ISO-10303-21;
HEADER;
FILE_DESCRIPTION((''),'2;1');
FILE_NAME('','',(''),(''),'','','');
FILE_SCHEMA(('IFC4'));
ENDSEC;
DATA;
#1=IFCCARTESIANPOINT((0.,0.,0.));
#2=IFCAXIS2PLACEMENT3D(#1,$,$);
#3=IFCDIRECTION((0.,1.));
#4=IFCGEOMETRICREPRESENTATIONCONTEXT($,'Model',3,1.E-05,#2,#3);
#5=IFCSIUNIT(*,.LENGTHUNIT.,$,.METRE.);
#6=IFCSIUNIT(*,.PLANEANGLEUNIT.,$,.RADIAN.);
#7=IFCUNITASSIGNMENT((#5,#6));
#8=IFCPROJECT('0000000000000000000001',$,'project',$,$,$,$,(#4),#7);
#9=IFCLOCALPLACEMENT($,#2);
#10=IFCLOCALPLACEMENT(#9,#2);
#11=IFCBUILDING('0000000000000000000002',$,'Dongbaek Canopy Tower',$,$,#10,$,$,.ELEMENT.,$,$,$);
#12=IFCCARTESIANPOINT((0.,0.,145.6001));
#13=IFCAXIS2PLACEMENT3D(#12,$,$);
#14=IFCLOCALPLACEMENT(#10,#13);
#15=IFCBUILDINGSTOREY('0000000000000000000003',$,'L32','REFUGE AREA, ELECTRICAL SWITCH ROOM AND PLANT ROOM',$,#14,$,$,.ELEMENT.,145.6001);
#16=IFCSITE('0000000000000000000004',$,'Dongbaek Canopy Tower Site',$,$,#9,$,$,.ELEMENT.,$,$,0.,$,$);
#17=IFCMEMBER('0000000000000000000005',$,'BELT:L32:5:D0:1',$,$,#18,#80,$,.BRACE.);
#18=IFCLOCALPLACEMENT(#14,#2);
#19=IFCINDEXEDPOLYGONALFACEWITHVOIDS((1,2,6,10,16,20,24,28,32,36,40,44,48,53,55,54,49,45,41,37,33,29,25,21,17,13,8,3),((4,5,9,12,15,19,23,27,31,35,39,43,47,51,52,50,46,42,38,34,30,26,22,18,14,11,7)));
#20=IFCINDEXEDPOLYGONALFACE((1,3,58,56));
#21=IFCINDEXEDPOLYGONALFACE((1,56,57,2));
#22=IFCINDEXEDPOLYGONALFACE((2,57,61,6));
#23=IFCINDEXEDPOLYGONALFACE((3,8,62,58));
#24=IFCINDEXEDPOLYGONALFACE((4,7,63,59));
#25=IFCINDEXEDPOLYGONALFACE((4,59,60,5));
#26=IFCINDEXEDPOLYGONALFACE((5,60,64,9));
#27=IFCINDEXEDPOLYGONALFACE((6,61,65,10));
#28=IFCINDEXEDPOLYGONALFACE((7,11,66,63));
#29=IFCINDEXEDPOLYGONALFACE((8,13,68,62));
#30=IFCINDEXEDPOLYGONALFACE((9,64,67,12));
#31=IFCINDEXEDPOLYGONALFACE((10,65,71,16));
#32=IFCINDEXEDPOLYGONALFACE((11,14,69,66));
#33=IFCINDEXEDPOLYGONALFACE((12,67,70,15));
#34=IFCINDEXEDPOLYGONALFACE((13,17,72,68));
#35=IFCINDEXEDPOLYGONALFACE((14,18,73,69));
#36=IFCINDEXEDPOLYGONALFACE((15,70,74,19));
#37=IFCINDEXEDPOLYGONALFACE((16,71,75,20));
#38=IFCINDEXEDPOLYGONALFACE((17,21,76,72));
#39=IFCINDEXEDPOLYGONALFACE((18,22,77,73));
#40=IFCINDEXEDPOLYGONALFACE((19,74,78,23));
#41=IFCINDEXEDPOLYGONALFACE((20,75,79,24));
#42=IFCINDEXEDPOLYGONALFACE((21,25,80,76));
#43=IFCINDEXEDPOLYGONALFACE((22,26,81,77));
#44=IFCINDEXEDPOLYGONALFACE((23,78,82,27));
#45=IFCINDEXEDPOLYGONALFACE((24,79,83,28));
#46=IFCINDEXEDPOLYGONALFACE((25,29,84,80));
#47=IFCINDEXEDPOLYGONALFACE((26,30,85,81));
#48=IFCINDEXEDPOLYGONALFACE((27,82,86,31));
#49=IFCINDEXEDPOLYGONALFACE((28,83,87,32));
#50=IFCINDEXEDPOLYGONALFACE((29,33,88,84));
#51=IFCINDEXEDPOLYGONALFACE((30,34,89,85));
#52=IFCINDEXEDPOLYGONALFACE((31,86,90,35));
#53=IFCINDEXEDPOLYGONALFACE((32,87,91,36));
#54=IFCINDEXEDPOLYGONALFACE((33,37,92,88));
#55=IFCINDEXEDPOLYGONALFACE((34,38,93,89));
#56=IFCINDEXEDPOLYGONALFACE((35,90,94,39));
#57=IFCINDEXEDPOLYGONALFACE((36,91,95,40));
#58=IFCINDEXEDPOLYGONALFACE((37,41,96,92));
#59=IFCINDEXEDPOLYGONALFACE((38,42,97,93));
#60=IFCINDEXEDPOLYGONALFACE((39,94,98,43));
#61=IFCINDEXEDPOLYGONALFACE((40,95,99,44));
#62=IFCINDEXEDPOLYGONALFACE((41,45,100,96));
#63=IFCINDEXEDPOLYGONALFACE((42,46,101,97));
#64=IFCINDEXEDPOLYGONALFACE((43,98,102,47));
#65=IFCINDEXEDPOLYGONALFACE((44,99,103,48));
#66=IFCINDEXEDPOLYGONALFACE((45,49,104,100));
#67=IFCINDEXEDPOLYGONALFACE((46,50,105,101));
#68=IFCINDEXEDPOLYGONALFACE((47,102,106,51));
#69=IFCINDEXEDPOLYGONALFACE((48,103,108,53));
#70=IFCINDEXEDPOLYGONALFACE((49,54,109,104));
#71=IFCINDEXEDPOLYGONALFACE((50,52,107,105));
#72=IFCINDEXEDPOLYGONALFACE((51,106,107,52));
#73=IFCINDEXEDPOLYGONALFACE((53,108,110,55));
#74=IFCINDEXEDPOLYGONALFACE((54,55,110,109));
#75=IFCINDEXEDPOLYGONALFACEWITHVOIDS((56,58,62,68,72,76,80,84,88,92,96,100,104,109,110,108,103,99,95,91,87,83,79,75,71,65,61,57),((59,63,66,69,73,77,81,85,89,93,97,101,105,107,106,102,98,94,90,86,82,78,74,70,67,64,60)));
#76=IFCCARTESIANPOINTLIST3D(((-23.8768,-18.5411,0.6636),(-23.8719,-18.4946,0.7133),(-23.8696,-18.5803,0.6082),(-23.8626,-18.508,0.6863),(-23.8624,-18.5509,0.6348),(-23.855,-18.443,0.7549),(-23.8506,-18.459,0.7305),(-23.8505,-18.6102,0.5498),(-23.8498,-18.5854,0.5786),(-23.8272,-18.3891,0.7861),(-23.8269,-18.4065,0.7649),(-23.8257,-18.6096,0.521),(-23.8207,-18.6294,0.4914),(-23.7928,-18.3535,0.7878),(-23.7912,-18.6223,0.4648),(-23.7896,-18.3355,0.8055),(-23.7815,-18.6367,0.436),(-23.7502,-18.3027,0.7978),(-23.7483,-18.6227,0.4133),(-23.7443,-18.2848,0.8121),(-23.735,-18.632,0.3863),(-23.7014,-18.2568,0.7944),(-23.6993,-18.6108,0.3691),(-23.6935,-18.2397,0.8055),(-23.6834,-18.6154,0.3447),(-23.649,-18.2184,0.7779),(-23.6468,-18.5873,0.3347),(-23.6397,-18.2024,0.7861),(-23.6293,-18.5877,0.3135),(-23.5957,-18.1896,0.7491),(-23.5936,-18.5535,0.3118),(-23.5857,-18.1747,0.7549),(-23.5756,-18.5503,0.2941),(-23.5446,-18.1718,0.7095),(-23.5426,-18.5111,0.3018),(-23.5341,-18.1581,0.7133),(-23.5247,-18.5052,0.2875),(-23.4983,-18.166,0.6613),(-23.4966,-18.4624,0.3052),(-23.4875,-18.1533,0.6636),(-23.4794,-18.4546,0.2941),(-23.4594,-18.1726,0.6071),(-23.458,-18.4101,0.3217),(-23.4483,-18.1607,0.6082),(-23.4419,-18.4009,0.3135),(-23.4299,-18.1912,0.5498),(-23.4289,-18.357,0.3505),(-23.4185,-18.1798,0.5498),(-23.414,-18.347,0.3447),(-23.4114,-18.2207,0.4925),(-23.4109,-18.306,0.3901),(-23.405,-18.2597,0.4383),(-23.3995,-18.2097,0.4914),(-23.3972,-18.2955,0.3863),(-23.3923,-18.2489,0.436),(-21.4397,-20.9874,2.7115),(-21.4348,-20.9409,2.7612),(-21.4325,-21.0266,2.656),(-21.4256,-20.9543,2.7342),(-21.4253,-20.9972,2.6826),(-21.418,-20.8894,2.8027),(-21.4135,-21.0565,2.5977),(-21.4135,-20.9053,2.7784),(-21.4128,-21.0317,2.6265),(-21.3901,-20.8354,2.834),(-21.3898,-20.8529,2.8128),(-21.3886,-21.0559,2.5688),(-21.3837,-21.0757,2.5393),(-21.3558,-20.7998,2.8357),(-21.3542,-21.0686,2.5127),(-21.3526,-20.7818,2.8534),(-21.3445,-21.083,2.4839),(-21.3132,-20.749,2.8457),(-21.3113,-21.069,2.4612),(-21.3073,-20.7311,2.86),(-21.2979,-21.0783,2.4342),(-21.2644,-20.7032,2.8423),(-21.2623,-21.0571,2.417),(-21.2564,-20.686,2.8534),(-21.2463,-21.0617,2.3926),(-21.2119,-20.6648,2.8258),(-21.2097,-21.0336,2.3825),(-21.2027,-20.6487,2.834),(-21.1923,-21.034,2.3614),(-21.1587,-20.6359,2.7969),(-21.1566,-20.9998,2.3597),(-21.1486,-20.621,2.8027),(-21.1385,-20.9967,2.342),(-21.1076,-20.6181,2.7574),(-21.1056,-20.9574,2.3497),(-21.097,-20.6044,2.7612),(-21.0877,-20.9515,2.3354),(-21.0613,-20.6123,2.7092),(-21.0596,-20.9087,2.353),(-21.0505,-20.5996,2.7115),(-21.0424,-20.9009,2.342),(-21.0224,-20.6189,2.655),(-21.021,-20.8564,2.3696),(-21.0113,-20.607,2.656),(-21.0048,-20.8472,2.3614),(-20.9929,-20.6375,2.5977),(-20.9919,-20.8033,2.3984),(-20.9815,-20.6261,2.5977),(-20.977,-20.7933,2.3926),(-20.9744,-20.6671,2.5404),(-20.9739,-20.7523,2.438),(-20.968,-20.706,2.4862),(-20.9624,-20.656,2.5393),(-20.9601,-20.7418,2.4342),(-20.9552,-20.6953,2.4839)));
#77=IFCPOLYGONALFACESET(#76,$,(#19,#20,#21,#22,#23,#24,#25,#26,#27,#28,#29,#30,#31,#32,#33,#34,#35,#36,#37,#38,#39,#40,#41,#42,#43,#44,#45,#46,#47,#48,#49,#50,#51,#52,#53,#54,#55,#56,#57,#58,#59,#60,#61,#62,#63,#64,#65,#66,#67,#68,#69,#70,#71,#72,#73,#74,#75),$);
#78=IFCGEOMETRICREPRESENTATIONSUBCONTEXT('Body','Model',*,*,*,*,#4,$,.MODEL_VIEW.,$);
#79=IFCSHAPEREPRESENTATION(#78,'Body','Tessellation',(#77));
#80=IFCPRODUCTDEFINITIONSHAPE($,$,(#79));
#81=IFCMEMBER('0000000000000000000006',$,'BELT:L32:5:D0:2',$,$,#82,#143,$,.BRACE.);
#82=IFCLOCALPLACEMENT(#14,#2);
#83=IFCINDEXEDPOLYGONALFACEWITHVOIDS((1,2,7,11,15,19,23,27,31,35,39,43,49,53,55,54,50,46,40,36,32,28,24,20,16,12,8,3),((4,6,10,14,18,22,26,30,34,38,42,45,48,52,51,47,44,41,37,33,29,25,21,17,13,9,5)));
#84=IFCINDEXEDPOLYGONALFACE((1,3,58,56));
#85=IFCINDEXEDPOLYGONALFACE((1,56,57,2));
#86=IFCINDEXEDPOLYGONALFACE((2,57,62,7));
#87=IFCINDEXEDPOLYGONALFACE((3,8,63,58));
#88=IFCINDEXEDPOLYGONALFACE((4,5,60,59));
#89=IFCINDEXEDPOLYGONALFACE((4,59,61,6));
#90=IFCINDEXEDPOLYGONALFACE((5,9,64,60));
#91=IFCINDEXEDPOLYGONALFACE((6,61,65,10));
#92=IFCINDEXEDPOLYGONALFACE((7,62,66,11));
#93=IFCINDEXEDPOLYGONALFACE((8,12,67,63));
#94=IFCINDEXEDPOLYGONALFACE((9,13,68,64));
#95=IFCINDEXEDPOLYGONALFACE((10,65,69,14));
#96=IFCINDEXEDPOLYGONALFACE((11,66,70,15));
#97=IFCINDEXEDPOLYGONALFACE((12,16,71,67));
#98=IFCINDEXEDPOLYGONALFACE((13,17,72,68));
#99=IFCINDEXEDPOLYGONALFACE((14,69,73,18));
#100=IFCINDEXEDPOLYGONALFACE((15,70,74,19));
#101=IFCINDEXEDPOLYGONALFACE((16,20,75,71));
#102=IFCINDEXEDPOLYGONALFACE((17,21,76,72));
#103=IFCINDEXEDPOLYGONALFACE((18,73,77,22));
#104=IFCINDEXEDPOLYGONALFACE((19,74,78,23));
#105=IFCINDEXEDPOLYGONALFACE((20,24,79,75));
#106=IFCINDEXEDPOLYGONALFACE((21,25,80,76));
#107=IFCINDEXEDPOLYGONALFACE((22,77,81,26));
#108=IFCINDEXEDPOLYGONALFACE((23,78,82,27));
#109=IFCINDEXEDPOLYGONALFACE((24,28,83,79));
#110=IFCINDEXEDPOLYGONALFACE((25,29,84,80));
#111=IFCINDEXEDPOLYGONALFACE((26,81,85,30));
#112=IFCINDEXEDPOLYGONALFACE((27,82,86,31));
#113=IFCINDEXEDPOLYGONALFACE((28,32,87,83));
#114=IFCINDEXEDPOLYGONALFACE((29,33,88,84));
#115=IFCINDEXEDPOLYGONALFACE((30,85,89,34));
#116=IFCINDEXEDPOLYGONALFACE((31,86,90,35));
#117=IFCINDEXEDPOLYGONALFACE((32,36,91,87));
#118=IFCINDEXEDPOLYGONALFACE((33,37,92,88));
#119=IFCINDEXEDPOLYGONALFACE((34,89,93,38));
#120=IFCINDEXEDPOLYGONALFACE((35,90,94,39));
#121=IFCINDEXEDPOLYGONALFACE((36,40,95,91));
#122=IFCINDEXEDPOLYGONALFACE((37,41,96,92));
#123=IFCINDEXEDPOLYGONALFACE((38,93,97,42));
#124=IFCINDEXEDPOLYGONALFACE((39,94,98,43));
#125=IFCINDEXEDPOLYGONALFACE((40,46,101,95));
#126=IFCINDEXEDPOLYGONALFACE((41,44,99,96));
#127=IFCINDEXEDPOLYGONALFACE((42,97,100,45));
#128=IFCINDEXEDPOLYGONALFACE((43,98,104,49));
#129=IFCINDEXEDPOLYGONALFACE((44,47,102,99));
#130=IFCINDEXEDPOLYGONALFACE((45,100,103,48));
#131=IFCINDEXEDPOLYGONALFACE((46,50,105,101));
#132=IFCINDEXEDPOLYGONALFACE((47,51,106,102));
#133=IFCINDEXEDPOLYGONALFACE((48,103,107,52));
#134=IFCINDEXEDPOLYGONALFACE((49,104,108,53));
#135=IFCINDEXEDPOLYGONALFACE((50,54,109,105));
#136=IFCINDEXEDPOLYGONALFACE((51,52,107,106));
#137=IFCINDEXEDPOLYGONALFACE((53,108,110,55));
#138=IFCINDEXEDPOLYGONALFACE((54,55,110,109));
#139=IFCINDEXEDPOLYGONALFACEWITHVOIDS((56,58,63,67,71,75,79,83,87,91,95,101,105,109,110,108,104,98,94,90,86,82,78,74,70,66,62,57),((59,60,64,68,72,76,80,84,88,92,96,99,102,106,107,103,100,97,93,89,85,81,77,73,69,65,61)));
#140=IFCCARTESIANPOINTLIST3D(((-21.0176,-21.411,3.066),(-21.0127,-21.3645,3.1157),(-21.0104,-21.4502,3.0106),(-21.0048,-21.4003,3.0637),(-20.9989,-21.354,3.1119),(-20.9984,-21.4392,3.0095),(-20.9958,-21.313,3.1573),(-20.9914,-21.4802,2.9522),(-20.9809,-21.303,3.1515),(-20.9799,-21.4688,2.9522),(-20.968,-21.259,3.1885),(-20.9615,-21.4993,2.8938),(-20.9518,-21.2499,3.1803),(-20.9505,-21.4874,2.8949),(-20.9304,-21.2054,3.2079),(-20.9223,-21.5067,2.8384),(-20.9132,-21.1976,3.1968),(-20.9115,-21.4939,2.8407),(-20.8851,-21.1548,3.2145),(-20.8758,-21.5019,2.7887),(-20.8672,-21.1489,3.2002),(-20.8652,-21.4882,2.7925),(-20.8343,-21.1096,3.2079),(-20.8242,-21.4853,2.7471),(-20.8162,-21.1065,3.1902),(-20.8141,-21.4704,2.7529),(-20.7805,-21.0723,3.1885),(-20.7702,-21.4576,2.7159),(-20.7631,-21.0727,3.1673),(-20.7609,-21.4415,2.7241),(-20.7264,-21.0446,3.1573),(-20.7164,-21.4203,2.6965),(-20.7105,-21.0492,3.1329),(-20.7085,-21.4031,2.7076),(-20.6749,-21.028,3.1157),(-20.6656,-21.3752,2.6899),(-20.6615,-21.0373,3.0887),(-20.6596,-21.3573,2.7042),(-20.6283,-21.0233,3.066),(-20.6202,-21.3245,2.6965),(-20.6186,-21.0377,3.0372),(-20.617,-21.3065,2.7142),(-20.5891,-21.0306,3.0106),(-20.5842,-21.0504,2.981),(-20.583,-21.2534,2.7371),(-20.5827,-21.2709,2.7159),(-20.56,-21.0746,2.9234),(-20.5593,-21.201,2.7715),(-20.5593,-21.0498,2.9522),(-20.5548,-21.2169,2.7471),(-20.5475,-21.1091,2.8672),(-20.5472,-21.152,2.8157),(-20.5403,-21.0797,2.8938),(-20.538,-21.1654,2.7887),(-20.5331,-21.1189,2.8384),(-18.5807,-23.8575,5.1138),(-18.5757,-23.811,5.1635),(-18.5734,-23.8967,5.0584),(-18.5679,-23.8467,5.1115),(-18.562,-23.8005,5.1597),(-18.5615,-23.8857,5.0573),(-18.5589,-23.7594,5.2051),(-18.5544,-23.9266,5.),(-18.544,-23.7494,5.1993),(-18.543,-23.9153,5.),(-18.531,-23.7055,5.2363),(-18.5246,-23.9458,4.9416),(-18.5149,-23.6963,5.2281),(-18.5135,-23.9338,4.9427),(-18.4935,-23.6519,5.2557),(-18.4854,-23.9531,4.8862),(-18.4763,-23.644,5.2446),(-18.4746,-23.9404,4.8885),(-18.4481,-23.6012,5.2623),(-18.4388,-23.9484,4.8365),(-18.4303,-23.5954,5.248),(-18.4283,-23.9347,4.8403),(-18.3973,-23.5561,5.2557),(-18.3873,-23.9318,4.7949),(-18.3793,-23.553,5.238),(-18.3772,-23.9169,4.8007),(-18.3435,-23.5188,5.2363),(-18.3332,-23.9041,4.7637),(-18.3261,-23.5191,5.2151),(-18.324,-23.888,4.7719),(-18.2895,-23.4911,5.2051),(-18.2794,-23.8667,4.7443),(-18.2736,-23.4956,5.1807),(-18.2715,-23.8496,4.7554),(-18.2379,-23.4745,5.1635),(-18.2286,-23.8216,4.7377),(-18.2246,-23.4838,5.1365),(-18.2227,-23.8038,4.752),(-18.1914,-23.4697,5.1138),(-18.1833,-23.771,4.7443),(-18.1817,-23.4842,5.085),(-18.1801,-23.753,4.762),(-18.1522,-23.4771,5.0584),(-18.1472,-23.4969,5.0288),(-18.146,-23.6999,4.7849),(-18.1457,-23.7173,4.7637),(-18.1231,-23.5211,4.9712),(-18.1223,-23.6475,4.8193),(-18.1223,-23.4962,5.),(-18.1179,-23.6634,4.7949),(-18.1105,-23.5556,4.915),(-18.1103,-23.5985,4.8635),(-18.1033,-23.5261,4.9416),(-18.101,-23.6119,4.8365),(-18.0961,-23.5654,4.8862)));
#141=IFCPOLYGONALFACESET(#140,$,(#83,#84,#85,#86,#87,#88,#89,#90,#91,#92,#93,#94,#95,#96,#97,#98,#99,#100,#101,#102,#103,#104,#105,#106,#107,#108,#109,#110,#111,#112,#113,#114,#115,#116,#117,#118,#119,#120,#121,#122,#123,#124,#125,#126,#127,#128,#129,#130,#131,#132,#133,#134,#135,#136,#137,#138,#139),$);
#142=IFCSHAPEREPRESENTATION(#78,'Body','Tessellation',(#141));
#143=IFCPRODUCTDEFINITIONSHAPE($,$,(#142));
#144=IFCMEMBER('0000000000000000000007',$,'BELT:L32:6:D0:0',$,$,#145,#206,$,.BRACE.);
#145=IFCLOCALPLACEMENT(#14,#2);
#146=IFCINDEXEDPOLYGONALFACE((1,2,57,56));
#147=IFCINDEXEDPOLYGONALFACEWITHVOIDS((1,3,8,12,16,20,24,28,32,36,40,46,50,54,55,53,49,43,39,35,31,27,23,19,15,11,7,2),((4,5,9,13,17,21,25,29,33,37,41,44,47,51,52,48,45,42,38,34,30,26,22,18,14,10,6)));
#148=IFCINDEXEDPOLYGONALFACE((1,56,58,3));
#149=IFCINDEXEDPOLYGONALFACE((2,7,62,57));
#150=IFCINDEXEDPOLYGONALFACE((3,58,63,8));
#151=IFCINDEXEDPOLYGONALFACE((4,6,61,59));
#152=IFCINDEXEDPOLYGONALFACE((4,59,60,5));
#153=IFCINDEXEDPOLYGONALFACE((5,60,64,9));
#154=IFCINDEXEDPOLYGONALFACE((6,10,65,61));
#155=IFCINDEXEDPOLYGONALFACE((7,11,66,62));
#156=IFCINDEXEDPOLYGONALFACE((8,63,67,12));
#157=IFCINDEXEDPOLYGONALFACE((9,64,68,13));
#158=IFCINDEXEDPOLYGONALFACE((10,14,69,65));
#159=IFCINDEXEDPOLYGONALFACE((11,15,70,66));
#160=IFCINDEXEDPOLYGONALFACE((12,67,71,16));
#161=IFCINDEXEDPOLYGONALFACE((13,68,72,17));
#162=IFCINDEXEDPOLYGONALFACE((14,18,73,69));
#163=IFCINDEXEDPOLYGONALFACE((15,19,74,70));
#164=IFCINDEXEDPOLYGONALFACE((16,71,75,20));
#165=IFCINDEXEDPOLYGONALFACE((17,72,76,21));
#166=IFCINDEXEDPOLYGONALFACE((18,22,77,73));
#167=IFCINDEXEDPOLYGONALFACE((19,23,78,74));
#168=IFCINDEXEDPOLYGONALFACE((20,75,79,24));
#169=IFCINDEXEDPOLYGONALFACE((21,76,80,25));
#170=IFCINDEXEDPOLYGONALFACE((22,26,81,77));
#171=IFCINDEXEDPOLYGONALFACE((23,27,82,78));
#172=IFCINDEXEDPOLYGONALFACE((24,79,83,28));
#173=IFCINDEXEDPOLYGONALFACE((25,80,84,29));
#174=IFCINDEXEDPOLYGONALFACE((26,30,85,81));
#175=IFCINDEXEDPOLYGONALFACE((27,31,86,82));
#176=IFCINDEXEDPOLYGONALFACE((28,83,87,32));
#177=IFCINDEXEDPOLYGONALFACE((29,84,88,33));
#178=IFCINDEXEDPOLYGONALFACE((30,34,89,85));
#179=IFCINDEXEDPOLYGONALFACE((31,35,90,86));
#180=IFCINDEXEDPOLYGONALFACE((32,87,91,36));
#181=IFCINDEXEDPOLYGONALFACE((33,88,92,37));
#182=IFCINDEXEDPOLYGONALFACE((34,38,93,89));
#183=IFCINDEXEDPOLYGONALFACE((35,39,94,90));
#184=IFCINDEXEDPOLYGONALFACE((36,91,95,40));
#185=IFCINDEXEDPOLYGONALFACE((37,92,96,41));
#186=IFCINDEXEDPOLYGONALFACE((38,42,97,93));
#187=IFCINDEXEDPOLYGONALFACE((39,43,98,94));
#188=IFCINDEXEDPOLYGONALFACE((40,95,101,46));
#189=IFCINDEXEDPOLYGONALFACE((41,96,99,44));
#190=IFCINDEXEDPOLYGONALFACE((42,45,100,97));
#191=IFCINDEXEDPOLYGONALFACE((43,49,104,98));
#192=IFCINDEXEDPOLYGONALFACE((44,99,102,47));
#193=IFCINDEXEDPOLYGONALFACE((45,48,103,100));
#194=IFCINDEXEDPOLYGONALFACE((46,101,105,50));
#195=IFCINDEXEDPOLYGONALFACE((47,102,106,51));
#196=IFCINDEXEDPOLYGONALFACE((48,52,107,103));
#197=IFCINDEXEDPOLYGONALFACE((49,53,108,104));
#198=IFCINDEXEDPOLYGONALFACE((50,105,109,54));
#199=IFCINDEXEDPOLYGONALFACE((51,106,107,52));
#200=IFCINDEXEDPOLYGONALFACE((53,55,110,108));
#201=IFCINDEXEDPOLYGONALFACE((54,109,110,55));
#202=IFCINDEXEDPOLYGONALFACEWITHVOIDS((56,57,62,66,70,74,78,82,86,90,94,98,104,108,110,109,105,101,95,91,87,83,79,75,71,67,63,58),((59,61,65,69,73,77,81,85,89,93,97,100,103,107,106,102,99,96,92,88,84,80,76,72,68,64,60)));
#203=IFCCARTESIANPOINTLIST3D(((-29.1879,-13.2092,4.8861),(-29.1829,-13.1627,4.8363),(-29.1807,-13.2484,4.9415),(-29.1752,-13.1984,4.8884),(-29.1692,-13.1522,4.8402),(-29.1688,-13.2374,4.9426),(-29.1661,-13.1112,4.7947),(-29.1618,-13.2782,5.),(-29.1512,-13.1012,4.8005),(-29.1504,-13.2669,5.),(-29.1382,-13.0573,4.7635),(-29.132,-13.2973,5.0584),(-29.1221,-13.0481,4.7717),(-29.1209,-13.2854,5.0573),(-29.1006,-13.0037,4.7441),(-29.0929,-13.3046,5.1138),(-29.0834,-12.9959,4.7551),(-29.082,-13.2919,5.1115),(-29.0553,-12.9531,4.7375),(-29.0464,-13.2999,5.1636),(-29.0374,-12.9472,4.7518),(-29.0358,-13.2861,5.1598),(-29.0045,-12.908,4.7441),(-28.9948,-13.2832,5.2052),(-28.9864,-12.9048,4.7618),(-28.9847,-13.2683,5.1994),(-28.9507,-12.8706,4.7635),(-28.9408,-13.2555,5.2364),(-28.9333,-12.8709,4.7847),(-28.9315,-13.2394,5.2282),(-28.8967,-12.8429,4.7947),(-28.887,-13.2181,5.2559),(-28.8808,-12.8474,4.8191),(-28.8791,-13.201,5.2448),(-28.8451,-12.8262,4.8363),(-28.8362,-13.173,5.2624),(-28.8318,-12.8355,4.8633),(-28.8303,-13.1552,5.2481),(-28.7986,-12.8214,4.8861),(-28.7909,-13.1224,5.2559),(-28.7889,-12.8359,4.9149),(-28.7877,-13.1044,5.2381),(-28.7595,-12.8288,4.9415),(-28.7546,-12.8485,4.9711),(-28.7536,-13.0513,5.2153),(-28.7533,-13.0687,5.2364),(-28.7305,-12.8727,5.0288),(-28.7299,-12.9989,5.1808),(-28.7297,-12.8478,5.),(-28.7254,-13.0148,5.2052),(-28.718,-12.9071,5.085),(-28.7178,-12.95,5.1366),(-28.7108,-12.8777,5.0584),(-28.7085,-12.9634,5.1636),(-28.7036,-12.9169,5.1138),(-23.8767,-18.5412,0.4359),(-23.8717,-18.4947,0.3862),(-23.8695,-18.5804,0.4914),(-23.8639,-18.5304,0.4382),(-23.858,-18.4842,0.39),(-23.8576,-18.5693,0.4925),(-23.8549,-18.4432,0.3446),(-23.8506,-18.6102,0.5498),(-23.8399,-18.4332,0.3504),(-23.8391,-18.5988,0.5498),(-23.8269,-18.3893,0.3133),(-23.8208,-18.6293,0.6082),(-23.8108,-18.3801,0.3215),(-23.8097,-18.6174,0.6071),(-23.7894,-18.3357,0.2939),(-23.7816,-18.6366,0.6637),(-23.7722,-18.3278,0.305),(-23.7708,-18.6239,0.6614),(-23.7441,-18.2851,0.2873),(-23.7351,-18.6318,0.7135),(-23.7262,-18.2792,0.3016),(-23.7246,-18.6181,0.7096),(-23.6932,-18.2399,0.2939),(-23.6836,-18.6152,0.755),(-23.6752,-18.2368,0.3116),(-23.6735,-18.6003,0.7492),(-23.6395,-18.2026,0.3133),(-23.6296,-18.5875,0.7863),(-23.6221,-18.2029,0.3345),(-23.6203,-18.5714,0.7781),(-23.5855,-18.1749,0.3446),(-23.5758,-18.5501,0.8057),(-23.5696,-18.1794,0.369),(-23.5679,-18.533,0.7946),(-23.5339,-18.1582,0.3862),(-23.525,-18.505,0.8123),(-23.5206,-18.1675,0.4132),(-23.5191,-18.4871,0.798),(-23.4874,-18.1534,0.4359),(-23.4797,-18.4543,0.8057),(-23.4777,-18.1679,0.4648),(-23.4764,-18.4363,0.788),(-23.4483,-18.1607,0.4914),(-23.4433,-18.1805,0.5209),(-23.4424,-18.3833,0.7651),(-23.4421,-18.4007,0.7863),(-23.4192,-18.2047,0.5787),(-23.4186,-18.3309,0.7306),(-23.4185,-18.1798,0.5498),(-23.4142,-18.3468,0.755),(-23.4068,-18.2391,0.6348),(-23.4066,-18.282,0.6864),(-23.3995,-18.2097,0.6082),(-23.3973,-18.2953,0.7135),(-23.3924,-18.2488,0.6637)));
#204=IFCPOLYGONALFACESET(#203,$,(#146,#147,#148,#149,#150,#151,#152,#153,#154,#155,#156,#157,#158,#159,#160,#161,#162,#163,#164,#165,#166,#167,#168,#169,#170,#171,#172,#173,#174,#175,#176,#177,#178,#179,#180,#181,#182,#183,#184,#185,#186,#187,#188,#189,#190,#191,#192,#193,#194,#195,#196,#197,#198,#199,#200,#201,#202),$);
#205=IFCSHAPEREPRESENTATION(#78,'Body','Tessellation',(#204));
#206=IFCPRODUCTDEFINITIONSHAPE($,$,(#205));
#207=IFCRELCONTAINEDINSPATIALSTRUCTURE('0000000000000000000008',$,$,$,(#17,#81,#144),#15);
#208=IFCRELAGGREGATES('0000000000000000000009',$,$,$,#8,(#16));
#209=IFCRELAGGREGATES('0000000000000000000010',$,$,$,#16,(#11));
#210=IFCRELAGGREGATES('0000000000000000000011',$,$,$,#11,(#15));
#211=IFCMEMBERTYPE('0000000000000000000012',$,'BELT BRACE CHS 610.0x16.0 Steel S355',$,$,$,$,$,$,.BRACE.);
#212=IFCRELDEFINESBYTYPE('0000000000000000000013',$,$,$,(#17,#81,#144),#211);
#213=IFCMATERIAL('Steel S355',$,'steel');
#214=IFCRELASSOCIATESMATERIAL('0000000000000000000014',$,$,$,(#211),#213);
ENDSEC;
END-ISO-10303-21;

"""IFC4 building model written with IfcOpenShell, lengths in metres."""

from ifc_helpers import new_model, si_unit, direction, frame, origin, origin_2d, place, context, subcontext, project, spatial, hollow_circle, extrude, material, material_profile, profile_set, type_object, element, save


model = new_model("IFC4")

# Units and contexts
model_context = context("Model", 3, precision=1e-05, world=origin(), true_north=direction((0.0, 1.0)))
body_context = subcontext(model_context, "Body", "Model", "MODEL_VIEW")
ifc_project = project(units=[si_unit("LENGTHUNIT", "METRE"), si_unit("PLANEANGLEUNIT", "RADIAN")], contexts=[model_context])

# Site, building, storey
site_placement = place(None, origin())
site = spatial("IfcSite", under=ifc_project, at=site_placement, Name="Dongbaek Canopy Tower Site", CompositionType="ELEMENT", RefElevation=0.0)
building_placement = place(site_placement, origin())
building = spatial("IfcBuilding", under=site, at=building_placement, Name="Dongbaek Canopy Tower", CompositionType="ELEMENT")
storey_placement = place(building_placement, frame((0.0, 0.0, 145.6001)))
storey = spatial("IfcBuildingStorey", under=building, at=storey_placement, Name="L32", Description="REFUGE AREA, ELECTRICAL SWITCH ROOM AND PLANT ROOM", CompositionType="ELEMENT", Elevation=145.6001)

# Members
ifc_material_1 = material(Name="Steel S355", Category="steel")
ifc_material_profile_1 = material_profile(ifc_material_1, hollow_circle(Radius=0.3049, WallThickness=0.0161, at=origin_2d()), Name="BELT BRACE CHS 610.0x16.0 Steel S355")
ifc_profile_set_1 = profile_set([ifc_material_profile_1], Name="Steel S355")
member_type_1 = type_object("IfcMemberType", Name="BELT BRACE CHS 610.0x16.0 Steel S355", PredefinedType="BRACE", material=ifc_profile_set_1)
for number, where, z_axis, x_axis, name in (
    (1, (-23.6345, -18.395, 0.5498), (0.607037, -0.609347, 0.5101), (0.708449, 0.705762, 0.0), "BELT:L32:5:D0:1"),
    (2, (-18.3384, -23.7114, 5.0), (-0.607014, 0.609386, -0.510081), (-0.708484, -0.705727, 0.0), "BELT:L32:5:D0:2"),
):
    element("IfcMember", number, at=place(storey_placement, frame(where, z_axis=z_axis, x_axis=x_axis)), inside=storey, type_object=member_type_1, Name=name, PredefinedType="BRACE", context=body_context, shape_type="SweptSolid", body=[
        extrude(hollow_circle(Radius=0.3049, WallThickness=0.0161, at=origin_2d()), origin(), (0.0, 0.0, 1.0), 4.0146),
    ])
member_1_placement = place(storey_placement, frame((-23.6345, -18.395, 0.5498), z_axis=(-0.607472, 0.609845, 0.508986), x_axis=(-0.708484, -0.705727, 0.0)))
element("IfcMember", 3, at=member_1_placement, inside=storey, type_object=member_type_1, Name="BELT:L32:6:D0:0", PredefinedType="BRACE", context=body_context, shape_type="SweptSolid", body=[
    extrude(hollow_circle(Radius=0.3049, WallThickness=0.0161, at=origin_2d()), origin(), (0.0, 0.0, 1.0), 8.7432),
])

save(model, "model.ifc")
